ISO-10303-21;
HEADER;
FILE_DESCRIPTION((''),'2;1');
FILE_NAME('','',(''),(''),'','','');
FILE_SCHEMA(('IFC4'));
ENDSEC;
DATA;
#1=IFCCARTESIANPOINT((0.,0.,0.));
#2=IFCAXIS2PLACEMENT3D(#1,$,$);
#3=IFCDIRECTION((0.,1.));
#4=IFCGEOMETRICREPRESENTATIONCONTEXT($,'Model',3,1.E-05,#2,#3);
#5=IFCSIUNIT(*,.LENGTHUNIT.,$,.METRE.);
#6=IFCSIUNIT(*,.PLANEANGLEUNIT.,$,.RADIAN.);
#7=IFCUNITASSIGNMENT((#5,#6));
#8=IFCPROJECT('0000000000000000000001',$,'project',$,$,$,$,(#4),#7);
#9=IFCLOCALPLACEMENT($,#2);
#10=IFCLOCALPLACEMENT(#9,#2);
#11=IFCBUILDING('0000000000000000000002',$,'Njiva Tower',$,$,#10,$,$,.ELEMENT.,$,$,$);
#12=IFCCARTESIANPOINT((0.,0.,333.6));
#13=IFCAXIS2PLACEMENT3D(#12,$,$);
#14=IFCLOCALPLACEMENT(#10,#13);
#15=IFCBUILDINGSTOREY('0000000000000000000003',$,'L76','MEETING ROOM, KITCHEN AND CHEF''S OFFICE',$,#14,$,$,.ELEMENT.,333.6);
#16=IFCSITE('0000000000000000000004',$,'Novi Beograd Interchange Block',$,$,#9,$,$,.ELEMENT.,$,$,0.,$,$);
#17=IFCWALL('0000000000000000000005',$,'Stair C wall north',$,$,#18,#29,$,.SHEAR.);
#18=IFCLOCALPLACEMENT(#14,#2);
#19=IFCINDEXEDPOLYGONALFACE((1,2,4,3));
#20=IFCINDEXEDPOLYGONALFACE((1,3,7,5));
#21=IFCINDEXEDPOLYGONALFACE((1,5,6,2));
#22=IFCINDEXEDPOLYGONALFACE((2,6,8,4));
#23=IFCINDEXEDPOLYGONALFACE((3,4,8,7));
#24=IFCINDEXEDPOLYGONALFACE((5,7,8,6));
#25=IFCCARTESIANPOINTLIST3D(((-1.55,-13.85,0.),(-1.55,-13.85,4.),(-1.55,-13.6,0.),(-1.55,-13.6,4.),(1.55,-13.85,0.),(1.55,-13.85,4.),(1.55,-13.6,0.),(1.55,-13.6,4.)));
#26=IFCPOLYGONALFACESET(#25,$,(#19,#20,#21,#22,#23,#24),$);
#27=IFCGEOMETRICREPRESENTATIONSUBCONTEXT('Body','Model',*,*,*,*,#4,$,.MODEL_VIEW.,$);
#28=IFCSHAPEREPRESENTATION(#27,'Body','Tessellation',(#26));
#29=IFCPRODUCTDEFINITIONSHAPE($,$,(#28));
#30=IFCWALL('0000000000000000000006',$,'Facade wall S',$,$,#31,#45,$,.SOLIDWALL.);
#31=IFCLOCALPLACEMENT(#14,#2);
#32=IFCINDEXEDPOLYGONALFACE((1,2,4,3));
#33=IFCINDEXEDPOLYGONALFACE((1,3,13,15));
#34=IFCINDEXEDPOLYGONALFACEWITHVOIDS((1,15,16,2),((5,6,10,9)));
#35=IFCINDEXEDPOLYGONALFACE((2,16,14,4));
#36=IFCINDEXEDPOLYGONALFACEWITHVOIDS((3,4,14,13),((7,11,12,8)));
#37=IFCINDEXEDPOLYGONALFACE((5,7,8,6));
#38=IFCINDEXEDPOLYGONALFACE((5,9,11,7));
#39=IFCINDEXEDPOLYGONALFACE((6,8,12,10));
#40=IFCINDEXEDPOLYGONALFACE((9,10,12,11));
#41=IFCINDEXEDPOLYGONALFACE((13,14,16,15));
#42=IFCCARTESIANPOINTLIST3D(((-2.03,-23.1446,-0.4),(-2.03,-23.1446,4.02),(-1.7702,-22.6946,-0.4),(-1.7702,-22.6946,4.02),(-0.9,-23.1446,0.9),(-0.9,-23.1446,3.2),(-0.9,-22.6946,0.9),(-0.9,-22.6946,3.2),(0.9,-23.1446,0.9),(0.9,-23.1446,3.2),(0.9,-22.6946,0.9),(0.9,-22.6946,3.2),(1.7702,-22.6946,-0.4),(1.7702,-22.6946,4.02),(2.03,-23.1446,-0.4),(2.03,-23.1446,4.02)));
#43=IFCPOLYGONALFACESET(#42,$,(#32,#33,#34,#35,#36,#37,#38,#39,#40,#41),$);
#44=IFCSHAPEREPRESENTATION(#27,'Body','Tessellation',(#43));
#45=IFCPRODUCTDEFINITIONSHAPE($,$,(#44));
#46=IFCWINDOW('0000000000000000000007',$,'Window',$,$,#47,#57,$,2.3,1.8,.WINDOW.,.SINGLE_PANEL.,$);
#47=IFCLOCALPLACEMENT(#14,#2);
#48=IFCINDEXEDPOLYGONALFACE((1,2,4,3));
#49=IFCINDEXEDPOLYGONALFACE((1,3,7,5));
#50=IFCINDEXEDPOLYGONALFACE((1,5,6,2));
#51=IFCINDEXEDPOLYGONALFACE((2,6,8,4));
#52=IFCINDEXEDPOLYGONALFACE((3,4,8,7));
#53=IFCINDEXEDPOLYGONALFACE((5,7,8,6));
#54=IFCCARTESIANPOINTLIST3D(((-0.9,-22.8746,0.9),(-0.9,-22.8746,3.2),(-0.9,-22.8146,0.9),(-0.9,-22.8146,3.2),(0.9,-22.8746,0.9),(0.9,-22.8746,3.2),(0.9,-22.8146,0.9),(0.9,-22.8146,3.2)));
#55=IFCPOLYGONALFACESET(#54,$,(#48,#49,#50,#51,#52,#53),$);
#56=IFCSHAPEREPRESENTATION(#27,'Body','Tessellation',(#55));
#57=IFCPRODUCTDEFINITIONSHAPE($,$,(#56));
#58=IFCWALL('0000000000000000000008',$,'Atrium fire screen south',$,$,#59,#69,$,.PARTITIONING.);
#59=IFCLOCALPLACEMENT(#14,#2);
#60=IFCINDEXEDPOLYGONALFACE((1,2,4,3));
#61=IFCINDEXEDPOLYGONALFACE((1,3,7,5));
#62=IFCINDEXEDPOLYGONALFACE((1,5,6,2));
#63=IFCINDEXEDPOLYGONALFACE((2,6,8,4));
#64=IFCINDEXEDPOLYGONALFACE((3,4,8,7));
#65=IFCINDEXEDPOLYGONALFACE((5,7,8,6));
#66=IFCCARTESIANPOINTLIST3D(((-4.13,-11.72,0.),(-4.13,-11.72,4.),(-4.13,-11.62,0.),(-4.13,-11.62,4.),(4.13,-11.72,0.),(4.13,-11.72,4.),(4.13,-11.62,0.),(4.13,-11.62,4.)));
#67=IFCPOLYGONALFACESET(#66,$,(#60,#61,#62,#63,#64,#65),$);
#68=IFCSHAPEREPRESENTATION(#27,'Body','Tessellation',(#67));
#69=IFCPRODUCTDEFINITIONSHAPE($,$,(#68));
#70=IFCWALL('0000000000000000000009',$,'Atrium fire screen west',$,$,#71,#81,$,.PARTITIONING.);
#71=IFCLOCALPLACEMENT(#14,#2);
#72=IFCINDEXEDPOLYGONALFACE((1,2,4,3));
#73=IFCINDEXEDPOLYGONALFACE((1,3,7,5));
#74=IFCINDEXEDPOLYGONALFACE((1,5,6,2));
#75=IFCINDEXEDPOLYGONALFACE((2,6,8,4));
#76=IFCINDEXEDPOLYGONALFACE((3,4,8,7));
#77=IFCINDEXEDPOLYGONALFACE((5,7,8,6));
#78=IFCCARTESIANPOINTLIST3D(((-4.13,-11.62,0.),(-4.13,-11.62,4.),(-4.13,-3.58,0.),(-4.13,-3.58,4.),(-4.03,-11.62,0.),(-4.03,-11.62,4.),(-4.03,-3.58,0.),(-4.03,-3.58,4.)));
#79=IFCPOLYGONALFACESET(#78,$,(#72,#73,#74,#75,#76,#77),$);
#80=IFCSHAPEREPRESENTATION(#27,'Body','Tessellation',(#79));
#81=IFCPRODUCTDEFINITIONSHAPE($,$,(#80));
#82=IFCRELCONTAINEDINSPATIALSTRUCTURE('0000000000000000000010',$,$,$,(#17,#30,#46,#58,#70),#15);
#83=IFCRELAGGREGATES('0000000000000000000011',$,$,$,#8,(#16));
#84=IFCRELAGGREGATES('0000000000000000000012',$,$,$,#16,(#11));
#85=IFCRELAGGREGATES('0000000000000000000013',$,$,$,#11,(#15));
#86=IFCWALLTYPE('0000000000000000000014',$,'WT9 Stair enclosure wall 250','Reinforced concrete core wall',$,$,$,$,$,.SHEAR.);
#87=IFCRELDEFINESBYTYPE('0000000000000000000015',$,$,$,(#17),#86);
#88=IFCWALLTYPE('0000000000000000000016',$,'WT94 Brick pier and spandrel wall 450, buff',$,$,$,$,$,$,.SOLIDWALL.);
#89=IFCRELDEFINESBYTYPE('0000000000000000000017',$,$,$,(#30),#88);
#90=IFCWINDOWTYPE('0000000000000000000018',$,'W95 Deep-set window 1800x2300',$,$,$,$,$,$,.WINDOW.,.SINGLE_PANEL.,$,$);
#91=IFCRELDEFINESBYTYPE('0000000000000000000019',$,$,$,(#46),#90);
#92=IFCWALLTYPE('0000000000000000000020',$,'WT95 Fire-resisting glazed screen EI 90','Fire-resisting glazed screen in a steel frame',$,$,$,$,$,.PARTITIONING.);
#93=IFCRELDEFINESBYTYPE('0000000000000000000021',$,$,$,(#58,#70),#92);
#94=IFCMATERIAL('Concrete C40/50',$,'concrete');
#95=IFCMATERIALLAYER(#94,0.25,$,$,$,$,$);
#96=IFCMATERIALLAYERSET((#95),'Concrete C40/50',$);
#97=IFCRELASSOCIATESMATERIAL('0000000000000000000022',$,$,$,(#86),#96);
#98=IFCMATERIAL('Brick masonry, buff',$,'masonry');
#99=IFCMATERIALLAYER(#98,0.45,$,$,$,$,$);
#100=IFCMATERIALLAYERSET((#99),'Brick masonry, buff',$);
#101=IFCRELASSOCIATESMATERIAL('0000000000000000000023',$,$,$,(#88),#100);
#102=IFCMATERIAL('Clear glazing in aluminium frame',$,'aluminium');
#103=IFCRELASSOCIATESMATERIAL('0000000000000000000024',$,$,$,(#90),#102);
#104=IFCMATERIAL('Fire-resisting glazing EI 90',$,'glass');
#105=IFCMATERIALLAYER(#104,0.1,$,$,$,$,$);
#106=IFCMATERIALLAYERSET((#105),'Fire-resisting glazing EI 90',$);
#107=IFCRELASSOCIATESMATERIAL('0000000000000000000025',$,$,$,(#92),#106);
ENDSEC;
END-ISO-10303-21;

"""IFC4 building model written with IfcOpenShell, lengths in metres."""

from ifc_helpers import new_model, si_unit, direction, frame, frame_2d, origin, place, context, subcontext, project, spatial, polyline, rectangle, outline, extrude, material, layer, layer_set, type_object, element, fill, save


model = new_model("IFC4")

# Units and contexts
model_context = context("Model", 3, precision=1e-05, world=origin(), true_north=direction((0.0, 1.0)))
body_context = subcontext(model_context, "Body", "Model", "MODEL_VIEW")
ifc_project = project(units=[si_unit("LENGTHUNIT", "METRE"), si_unit("PLANEANGLEUNIT", "RADIAN")], contexts=[model_context])

# Site, building, storey
site_placement = place(None, origin())
site = spatial("IfcSite", under=ifc_project, at=site_placement, Name="Novi Beograd Interchange Block", CompositionType="ELEMENT", RefElevation=0.0)
building_placement = place(site_placement, origin())
building = spatial("IfcBuilding", under=site, at=building_placement, Name="Njiva Tower", CompositionType="ELEMENT")
storey_placement = place(building_placement, frame((0.0, 0.0, 333.6)))
storey = spatial("IfcBuildingStorey", under=building, at=storey_placement, Name="L76", Description="MEETING ROOM, KITCHEN AND CHEF'S OFFICE", CompositionType="ELEMENT", Elevation=333.6)

# Wall
ifc_material_1 = material(Name="Concrete C40/50", Category="concrete")
ifc_layer_1 = layer(ifc_material_1, 0.25)
ifc_layer_set_1 = layer_set([ifc_layer_1], Name="Concrete C40/50")
wall_type_1 = type_object("IfcWallType", Name="WT9 Stair enclosure wall 250", Description="Reinforced concrete core wall", PredefinedType="SHEAR", material=ifc_layer_set_1)
for number, where, z_axis, x_axis, name in (
    (1, (-1.55, -13.725, 0.0), (0.0, 0.0, 1.0), (1.0, 0.0, 0.0), "Stair C wall north"),
):
    element("IfcWall", number, at=place(storey_placement, frame(where, z_axis=z_axis, x_axis=x_axis)), inside=storey, type_object=wall_type_1, Name=name, PredefinedType="SHEAR", context=body_context, shape_type="SweptSolid", body=[
        extrude(rectangle(XDim=3.1, YDim=0.25, at=frame_2d((1.55, 0.0))), origin(), (0.0, 0.0, 1.0), 4.0),
    ])

# Wall, opening, window
ifc_material_2 = material(Name="Brick masonry, buff", Category="masonry")
ifc_layer_2 = layer(ifc_material_2, 0.45)
ifc_layer_set_2 = layer_set([ifc_layer_2], Name="Brick masonry, buff")
wall_type_2 = type_object("IfcWallType", Name="WT94 Brick pier and spandrel wall 450, buff", PredefinedType="SOLIDWALL", material=ifc_layer_set_2)
wall_1_placement = place(storey_placement, frame((-1.9001, -22.9196, -0.4), z_axis=(0.0, 0.0, 1.0), x_axis=(1.0, 0.0, 0.0)))
wall_1 = element("IfcWall", 2, at=wall_1_placement, inside=storey, type_object=wall_type_2, Name="Facade wall S", PredefinedType="SOLIDWALL", context=body_context, shape_type="SweptSolid", body=[
    extrude(outline(polyline([(-0.1299, -0.225), (3.9301, -0.225), (3.6703, 0.225), (0.1299, 0.225), (-0.1299, -0.225)])), origin(), (0.0, 0.0, 1.0), 4.42),
])
opening_1_placement = place(wall_1_placement, frame((1.0001, 0.0, 1.3)))
opening_1 = element("IfcOpeningElement", 3, at=opening_1_placement, cuts=wall_1, PredefinedType="OPENING", context=body_context, shape_type="SweptSolid", body=[
    extrude(rectangle(XDim=1.8, YDim=2.3, at=frame_2d((0.9, 1.15))), frame((0.0, 0.235, 0.0), z_axis=(0.0, -1.0, 0.0), x_axis=(1.0, 0.0, 0.0)), (0.0, 0.0, 1.0), 0.47),
])
ifc_material_3 = material(Name="Clear glazing in aluminium frame", Category="aluminium")
window_type = type_object("IfcWindowType", Name="W95 Deep-set window 1800x2300", PartitioningType="SINGLE_PANEL", PredefinedType="WINDOW", material=ifc_material_3)
window_placement = place(opening_1_placement, origin())
window = element("IfcWindow", 4, at=window_placement, inside=storey, type_object=window_type, Name="Window", OverallHeight=2.3, OverallWidth=1.8, PartitioningType="SINGLE_PANEL", PredefinedType="WINDOW", context=body_context, shape_type="SweptSolid", body=[
    extrude(rectangle(XDim=1.8, YDim=2.3, at=frame_2d((0.9, 1.15))), frame((0.0, 0.105, 0.0), z_axis=(0.0, -1.0, 0.0), x_axis=(1.0, 0.0, 0.0)), (0.0, 0.0, 1.0), 0.06),
])
fill(opening_1, window)

# Walls
ifc_material_4 = material(Name="Fire-resisting glazing EI 90", Category="glass")
ifc_layer_3 = layer(ifc_material_4, 0.1)
ifc_layer_set_3 = layer_set([ifc_layer_3], Name="Fire-resisting glazing EI 90")
wall_type_3 = type_object("IfcWallType", Name="WT95 Fire-resisting glazed screen EI 90", Description="Fire-resisting glazed screen in a steel frame", PredefinedType="PARTITIONING", material=ifc_layer_set_3)
wall_2_placement = place(storey_placement, frame((-4.13, -11.67, 0.0), z_axis=(0.0, 0.0, 1.0), x_axis=(1.0, 0.0, 0.0)))
element("IfcWall", 5, at=wall_2_placement, inside=storey, type_object=wall_type_3, Name="Atrium fire screen south", PredefinedType="PARTITIONING", context=body_context, shape_type="SweptSolid", body=[
    extrude(rectangle(XDim=8.26, YDim=0.1, at=frame_2d((4.13, 0.0))), origin(), (0.0, 0.0, 1.0), 4.0),
])
wall_3_placement = place(storey_placement, frame((-4.08, -3.58, 0.0), z_axis=(0.0, 0.0, 1.0), x_axis=(0.0, -1.0, 0.0)))
element("IfcWall", 6, at=wall_3_placement, inside=storey, type_object=wall_type_3, Name="Atrium fire screen west", PredefinedType="PARTITIONING", context=body_context, shape_type="SweptSolid", body=[
    extrude(rectangle(XDim=8.04, YDim=0.1, at=frame_2d((4.02, 0.0))), origin(), (0.0, 0.0, 1.0), 4.0),
])

save(model, "model.ifc")
